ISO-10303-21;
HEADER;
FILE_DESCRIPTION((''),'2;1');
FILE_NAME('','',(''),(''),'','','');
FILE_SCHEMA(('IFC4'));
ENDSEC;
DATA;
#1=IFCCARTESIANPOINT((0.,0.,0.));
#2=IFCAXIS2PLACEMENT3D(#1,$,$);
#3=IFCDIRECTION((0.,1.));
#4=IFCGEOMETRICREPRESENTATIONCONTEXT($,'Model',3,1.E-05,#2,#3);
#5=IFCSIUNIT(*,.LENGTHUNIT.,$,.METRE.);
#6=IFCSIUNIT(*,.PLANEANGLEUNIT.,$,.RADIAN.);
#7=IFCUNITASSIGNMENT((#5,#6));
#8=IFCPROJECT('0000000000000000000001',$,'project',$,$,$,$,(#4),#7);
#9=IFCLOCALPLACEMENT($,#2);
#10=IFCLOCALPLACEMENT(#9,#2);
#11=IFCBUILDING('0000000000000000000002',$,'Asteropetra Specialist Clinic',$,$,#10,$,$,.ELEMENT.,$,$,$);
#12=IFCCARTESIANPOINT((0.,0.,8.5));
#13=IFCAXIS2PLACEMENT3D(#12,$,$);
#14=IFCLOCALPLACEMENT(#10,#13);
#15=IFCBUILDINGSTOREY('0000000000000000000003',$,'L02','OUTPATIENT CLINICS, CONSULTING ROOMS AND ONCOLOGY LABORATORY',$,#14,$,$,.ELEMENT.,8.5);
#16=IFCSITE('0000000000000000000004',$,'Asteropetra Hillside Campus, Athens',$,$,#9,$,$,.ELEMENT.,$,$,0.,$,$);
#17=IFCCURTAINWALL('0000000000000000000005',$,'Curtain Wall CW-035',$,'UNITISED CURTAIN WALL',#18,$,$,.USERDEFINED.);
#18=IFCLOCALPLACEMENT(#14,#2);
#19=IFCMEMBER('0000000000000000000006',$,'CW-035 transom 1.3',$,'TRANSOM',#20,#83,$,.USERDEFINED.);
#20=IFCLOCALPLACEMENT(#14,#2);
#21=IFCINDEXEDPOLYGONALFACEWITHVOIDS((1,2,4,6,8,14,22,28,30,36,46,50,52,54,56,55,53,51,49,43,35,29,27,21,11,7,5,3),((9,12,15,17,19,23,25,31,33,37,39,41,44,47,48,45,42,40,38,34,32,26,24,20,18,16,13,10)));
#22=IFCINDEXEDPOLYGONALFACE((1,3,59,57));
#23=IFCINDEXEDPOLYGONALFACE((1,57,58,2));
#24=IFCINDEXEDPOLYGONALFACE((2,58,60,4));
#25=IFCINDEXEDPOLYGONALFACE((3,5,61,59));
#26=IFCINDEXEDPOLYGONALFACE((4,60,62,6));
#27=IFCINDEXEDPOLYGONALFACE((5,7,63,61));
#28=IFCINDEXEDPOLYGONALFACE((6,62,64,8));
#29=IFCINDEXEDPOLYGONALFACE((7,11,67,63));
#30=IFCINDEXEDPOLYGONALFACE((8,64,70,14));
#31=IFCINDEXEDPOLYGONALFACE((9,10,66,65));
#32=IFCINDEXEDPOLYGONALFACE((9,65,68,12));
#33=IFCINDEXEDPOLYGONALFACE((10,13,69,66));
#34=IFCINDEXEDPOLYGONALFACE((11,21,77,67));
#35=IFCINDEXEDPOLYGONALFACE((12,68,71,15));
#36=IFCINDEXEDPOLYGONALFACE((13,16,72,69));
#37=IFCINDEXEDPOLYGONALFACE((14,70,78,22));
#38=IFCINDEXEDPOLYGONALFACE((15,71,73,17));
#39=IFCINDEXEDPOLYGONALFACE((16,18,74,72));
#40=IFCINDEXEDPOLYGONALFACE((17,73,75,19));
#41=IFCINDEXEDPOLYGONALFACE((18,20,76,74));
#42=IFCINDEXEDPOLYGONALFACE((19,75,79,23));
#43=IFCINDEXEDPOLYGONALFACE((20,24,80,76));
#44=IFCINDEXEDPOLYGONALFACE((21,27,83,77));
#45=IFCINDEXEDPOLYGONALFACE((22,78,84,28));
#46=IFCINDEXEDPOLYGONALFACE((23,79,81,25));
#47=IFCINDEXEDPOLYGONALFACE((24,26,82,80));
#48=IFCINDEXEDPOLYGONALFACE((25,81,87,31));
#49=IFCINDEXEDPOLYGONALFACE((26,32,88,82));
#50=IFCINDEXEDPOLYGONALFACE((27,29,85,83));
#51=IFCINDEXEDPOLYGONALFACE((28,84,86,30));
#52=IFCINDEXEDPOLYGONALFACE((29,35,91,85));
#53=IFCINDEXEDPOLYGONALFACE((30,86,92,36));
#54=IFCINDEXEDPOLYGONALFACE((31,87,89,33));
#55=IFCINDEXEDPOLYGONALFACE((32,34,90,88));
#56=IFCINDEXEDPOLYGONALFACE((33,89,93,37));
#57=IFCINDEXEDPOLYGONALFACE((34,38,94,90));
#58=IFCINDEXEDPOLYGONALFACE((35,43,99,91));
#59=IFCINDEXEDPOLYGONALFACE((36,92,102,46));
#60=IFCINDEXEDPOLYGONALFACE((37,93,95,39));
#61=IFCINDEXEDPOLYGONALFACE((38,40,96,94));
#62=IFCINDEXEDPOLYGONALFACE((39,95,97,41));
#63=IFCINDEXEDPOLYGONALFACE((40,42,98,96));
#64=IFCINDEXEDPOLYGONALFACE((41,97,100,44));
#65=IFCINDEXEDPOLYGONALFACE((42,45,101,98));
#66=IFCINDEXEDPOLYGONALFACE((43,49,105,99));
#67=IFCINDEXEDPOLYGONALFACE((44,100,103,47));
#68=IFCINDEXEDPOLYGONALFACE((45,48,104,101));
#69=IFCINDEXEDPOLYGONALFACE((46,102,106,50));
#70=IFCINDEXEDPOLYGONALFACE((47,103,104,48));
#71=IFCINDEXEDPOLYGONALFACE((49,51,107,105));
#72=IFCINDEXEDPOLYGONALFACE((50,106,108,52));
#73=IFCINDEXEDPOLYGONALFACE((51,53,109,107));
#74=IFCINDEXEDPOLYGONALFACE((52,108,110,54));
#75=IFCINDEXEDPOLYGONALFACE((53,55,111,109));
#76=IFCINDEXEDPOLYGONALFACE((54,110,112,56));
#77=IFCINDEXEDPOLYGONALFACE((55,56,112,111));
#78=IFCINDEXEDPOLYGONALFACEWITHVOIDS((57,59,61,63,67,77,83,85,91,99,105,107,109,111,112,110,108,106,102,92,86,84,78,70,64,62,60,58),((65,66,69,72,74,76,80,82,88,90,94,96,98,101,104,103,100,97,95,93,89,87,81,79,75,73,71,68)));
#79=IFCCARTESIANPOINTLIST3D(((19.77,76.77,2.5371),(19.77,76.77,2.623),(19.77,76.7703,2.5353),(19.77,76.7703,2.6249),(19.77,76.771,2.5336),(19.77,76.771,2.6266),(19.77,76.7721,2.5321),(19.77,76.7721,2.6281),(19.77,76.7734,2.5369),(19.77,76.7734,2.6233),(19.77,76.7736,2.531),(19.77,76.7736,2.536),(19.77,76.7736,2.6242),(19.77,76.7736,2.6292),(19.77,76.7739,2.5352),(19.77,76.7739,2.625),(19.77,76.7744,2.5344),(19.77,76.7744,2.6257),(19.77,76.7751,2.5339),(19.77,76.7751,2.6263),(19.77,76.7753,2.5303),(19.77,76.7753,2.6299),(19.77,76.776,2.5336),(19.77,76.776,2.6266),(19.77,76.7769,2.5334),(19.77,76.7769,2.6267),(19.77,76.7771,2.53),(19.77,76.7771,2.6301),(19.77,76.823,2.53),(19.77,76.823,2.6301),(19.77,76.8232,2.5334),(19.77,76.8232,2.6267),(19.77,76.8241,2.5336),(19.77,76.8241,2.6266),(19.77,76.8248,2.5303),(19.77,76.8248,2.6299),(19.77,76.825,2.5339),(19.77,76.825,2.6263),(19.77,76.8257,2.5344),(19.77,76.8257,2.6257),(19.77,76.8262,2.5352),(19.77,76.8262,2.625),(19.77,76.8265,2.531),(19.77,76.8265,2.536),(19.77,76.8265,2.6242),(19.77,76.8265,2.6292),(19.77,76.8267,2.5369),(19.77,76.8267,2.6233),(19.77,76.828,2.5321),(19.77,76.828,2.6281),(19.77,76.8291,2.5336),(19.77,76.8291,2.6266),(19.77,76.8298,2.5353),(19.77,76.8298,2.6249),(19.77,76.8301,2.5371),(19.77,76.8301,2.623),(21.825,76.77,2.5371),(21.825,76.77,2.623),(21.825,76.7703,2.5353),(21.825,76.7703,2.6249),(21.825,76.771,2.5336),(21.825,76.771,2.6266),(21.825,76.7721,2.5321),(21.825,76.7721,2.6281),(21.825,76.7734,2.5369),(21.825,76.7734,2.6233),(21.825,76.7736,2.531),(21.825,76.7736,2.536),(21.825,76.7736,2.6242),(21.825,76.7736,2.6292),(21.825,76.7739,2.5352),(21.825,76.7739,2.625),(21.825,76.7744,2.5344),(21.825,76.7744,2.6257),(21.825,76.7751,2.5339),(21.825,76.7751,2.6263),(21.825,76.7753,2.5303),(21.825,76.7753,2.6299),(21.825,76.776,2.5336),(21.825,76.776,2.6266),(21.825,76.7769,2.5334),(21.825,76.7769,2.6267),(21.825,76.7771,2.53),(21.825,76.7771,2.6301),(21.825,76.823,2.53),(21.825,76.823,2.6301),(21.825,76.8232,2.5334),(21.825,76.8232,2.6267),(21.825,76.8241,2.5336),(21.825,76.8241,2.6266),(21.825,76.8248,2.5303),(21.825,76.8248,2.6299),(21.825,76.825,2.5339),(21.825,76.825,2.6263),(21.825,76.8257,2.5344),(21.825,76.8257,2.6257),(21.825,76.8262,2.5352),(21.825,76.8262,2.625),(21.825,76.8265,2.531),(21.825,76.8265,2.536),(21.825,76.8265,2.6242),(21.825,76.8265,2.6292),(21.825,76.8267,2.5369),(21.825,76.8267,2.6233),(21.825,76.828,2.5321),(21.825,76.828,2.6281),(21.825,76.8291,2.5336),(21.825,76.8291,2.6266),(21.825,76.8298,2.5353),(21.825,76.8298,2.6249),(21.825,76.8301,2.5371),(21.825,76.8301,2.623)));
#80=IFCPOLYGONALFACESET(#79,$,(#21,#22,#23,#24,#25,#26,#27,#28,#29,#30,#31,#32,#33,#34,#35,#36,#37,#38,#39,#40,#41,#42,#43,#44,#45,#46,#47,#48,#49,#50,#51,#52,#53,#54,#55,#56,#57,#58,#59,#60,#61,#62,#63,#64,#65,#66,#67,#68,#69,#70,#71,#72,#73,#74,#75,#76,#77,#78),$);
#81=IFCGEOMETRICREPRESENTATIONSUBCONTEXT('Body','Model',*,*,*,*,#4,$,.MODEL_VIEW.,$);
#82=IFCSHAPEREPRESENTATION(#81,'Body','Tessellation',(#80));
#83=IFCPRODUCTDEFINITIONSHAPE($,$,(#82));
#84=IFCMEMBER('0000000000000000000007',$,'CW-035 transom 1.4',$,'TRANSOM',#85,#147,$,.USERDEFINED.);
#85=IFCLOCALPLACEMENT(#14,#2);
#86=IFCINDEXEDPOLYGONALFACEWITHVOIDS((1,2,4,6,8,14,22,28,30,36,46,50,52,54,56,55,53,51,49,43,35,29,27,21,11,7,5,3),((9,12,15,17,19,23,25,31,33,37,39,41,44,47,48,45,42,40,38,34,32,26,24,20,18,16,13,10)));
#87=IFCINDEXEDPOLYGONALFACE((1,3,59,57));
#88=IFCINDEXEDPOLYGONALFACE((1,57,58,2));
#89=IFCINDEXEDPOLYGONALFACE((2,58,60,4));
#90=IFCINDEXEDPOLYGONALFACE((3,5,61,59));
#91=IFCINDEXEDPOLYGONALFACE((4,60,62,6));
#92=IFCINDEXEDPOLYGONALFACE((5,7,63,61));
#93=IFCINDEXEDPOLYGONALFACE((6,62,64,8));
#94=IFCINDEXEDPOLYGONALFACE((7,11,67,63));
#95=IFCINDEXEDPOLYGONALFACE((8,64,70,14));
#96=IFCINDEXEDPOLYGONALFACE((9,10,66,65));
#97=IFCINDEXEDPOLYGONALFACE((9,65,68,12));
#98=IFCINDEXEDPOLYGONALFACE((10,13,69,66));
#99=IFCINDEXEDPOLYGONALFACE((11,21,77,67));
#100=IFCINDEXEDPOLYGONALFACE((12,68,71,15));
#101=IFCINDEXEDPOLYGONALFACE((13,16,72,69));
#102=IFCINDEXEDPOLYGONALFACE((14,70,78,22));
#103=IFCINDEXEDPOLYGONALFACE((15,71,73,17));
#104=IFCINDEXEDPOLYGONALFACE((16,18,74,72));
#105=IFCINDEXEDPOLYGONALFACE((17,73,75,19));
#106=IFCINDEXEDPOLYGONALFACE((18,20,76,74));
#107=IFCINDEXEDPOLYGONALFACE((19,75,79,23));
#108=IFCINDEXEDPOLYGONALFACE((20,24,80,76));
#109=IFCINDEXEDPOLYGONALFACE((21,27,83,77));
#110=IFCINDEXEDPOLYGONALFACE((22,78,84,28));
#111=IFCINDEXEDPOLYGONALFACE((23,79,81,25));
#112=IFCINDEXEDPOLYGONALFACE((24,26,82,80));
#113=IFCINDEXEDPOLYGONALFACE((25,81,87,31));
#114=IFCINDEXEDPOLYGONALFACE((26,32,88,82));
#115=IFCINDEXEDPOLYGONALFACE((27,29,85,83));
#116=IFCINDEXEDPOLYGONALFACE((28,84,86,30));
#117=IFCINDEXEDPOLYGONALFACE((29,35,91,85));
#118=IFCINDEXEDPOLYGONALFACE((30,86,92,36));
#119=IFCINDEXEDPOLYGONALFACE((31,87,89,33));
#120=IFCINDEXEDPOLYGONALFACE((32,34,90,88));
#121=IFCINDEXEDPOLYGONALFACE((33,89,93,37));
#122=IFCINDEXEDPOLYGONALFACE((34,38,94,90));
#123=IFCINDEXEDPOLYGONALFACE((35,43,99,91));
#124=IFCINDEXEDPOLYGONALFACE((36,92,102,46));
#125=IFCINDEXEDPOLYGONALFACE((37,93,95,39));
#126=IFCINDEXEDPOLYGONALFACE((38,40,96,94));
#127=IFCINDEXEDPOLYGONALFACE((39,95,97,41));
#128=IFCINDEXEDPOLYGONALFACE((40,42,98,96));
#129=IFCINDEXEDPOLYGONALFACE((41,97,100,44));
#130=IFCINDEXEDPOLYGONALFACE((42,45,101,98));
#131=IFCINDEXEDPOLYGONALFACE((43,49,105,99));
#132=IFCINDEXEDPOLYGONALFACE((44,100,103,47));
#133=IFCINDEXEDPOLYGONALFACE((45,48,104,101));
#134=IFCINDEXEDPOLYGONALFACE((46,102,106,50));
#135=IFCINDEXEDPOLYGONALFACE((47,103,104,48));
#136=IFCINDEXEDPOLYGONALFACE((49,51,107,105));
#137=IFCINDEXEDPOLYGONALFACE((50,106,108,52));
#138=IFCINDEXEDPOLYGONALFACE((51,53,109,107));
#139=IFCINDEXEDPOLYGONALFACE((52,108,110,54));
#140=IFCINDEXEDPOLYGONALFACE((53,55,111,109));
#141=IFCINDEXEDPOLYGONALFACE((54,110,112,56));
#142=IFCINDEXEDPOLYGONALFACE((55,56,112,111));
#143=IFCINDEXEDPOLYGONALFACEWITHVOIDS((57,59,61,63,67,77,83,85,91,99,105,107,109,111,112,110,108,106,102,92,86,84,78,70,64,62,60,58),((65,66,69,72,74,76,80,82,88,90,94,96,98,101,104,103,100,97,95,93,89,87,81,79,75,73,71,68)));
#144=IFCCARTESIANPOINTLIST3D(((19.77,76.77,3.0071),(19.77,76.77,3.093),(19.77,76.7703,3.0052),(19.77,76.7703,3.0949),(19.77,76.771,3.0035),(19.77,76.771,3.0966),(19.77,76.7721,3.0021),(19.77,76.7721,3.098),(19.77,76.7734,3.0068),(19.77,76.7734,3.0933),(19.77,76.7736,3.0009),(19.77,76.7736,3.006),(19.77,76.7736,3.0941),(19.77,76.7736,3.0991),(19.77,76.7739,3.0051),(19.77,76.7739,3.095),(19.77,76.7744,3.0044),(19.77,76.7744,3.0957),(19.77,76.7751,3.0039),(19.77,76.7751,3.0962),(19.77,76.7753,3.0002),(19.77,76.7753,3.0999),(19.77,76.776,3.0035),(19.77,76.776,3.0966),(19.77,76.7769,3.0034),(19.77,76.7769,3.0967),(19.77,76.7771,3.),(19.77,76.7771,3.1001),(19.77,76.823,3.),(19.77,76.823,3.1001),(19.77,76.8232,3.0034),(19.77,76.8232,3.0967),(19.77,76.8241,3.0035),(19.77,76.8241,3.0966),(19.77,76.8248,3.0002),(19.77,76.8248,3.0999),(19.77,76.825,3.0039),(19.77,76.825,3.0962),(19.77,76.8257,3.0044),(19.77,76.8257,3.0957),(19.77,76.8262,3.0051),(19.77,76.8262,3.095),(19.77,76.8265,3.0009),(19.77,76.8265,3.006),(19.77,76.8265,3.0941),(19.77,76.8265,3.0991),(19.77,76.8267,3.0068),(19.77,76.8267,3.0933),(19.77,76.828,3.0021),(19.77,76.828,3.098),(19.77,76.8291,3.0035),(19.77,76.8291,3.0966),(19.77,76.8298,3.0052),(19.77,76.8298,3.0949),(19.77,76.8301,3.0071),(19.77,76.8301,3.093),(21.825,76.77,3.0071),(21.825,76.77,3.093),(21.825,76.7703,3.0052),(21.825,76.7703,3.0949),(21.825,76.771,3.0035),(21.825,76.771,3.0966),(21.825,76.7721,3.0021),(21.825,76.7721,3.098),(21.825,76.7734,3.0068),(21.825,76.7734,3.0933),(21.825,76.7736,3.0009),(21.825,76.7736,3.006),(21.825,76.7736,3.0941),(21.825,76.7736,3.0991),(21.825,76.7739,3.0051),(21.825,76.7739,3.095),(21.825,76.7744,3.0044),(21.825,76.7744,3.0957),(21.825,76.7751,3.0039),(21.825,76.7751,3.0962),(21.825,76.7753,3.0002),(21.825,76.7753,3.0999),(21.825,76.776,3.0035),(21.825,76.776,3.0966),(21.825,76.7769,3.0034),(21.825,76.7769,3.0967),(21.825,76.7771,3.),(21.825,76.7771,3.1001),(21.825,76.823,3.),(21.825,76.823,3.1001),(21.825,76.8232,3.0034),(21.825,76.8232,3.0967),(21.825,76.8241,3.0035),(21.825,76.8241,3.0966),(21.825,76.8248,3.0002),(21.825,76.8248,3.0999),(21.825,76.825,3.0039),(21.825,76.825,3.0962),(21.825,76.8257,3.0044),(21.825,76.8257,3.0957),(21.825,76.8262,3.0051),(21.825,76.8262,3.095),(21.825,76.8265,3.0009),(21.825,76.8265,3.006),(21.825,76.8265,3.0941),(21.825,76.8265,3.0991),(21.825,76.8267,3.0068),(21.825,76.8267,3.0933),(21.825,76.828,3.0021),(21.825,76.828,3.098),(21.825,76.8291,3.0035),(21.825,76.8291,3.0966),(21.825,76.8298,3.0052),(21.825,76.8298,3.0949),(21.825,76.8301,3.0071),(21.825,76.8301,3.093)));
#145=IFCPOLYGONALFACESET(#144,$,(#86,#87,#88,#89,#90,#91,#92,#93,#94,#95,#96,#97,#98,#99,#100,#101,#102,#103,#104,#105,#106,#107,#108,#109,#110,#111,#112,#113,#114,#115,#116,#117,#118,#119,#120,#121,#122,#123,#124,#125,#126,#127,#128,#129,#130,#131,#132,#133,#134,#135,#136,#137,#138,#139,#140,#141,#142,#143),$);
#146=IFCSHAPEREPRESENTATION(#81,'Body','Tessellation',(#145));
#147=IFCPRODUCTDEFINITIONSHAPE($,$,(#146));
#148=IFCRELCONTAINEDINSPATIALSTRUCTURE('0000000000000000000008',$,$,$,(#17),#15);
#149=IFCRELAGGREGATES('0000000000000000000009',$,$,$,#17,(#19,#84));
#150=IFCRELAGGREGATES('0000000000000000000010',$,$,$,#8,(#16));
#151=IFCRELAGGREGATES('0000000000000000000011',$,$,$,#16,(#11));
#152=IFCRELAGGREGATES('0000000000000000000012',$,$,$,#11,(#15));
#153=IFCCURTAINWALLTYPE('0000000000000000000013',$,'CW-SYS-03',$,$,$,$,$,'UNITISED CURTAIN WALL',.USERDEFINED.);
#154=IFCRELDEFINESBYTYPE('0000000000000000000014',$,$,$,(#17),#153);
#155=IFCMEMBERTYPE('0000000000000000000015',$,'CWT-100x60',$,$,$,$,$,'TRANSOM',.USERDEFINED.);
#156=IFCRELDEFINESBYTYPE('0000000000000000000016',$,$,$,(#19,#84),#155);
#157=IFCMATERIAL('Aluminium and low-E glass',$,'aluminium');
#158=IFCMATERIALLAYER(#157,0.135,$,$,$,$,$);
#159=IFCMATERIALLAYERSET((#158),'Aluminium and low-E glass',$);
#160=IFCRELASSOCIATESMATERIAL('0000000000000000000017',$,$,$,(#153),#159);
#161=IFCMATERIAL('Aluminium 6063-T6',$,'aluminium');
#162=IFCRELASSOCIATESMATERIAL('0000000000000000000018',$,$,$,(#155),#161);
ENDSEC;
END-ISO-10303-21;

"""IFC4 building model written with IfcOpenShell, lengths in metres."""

from ifc_helpers import new_model, si_unit, direction, frame, origin, origin_2d, place, context, subcontext, project, spatial, hollow_rectangle, extrude, material, layer, layer_set, material_profile, profile_set, type_object, element, aggregate, save


model = new_model("IFC4")

# Units and contexts
model_context = context("Model", 3, precision=1e-05, world=origin(), true_north=direction((0.0, 1.0)))
body_context = subcontext(model_context, "Body", "Model", "MODEL_VIEW")
ifc_project = project(units=[si_unit("LENGTHUNIT", "METRE"), si_unit("PLANEANGLEUNIT", "RADIAN")], contexts=[model_context])

# Site, building, storey
site_placement = place(None, origin())
site = spatial("IfcSite", under=ifc_project, at=site_placement, Name="Asteropetra Hillside Campus, Athens", CompositionType="ELEMENT", RefElevation=0.0)
building_placement = place(site_placement, origin())
building = spatial("IfcBuilding", under=site, at=building_placement, Name="Asteropetra Specialist Clinic", CompositionType="ELEMENT")
storey_placement = place(building_placement, frame((0.0, 0.0, 8.5)))
storey = spatial("IfcBuildingStorey", under=building, at=storey_placement, Name="L02", Description="OUTPATIENT CLINICS, CONSULTING ROOMS AND ONCOLOGY LABORATORY", CompositionType="ELEMENT", Elevation=8.5)

# Curtain wall
ifc_material_1 = material(Name="Aluminium and low-E glass", Category="aluminium")
ifc_layer_1 = layer(ifc_material_1, 0.135)
ifc_layer_set_1 = layer_set([ifc_layer_1], Name="Aluminium and low-E glass")
curtain_wall_type_1 = type_object("IfcCurtainWallType", Name="CW-SYS-03", ElementType="UNITISED CURTAIN WALL", PredefinedType="USERDEFINED", material=ifc_layer_set_1)
curtain_wall_1_placement = place(storey_placement, origin())
curtain_wall_1 = element("IfcCurtainWall", 1, at=curtain_wall_1_placement, inside=storey, type_object=curtain_wall_type_1, Name="Curtain Wall CW-035", ObjectType="UNITISED CURTAIN WALL", PredefinedType="USERDEFINED")

# Members
ifc_material_2 = material(Name="Aluminium 6063-T6", Category="aluminium")
ifc_material_profile_1 = material_profile(ifc_material_2, hollow_rectangle(XDim=0.0601, YDim=0.1001, WallThickness=0.0034, InnerFilletRadius=0.0034, OuterFilletRadius=0.0071, at=origin_2d()), Name="TRN 100x60x3.5")
ifc_profile_set_1 = profile_set([ifc_material_profile_1], Name="Aluminium 6063-T6")
member_type_1 = type_object("IfcMemberType", Name="CWT-100x60", ElementType="TRANSOM", PredefinedType="USERDEFINED", material=ifc_profile_set_1)
member_1_placement = place(storey_placement, frame((19.77, 76.8, 2.5801), z_axis=(1.0, 0.0, 0.0), x_axis=(0.0, 1.0, 0.0)))
member_1 = element("IfcMember", 2, at=member_1_placement, type_object=member_type_1, Name="CW-035 transom 1.3", ObjectType="TRANSOM", PredefinedType="USERDEFINED", context=body_context, shape_type="SweptSolid", body=[
    extrude(hollow_rectangle(XDim=0.0601, YDim=0.1001, WallThickness=0.0034, InnerFilletRadius=0.0034, OuterFilletRadius=0.0071, at=origin_2d()), origin(), (0.0, 0.0, 1.0), 2.0549),
])
member_2_placement = place(storey_placement, frame((19.77, 76.8, 3.05), z_axis=(1.0, 0.0, 0.0), x_axis=(0.0, 1.0, 0.0)))
member_2 = element("IfcMember", 3, at=member_2_placement, type_object=member_type_1, Name="CW-035 transom 1.4", ObjectType="TRANSOM", PredefinedType="USERDEFINED", context=body_context, shape_type="SweptSolid", body=[
    extrude(hollow_rectangle(XDim=0.0601, YDim=0.1001, WallThickness=0.0034, InnerFilletRadius=0.0034, OuterFilletRadius=0.0071, at=origin_2d()), origin(), (0.0, 0.0, 1.0), 2.0549),
])

aggregate(curtain_wall_1, [member_1, member_2])

save(model, "model.ifc")
